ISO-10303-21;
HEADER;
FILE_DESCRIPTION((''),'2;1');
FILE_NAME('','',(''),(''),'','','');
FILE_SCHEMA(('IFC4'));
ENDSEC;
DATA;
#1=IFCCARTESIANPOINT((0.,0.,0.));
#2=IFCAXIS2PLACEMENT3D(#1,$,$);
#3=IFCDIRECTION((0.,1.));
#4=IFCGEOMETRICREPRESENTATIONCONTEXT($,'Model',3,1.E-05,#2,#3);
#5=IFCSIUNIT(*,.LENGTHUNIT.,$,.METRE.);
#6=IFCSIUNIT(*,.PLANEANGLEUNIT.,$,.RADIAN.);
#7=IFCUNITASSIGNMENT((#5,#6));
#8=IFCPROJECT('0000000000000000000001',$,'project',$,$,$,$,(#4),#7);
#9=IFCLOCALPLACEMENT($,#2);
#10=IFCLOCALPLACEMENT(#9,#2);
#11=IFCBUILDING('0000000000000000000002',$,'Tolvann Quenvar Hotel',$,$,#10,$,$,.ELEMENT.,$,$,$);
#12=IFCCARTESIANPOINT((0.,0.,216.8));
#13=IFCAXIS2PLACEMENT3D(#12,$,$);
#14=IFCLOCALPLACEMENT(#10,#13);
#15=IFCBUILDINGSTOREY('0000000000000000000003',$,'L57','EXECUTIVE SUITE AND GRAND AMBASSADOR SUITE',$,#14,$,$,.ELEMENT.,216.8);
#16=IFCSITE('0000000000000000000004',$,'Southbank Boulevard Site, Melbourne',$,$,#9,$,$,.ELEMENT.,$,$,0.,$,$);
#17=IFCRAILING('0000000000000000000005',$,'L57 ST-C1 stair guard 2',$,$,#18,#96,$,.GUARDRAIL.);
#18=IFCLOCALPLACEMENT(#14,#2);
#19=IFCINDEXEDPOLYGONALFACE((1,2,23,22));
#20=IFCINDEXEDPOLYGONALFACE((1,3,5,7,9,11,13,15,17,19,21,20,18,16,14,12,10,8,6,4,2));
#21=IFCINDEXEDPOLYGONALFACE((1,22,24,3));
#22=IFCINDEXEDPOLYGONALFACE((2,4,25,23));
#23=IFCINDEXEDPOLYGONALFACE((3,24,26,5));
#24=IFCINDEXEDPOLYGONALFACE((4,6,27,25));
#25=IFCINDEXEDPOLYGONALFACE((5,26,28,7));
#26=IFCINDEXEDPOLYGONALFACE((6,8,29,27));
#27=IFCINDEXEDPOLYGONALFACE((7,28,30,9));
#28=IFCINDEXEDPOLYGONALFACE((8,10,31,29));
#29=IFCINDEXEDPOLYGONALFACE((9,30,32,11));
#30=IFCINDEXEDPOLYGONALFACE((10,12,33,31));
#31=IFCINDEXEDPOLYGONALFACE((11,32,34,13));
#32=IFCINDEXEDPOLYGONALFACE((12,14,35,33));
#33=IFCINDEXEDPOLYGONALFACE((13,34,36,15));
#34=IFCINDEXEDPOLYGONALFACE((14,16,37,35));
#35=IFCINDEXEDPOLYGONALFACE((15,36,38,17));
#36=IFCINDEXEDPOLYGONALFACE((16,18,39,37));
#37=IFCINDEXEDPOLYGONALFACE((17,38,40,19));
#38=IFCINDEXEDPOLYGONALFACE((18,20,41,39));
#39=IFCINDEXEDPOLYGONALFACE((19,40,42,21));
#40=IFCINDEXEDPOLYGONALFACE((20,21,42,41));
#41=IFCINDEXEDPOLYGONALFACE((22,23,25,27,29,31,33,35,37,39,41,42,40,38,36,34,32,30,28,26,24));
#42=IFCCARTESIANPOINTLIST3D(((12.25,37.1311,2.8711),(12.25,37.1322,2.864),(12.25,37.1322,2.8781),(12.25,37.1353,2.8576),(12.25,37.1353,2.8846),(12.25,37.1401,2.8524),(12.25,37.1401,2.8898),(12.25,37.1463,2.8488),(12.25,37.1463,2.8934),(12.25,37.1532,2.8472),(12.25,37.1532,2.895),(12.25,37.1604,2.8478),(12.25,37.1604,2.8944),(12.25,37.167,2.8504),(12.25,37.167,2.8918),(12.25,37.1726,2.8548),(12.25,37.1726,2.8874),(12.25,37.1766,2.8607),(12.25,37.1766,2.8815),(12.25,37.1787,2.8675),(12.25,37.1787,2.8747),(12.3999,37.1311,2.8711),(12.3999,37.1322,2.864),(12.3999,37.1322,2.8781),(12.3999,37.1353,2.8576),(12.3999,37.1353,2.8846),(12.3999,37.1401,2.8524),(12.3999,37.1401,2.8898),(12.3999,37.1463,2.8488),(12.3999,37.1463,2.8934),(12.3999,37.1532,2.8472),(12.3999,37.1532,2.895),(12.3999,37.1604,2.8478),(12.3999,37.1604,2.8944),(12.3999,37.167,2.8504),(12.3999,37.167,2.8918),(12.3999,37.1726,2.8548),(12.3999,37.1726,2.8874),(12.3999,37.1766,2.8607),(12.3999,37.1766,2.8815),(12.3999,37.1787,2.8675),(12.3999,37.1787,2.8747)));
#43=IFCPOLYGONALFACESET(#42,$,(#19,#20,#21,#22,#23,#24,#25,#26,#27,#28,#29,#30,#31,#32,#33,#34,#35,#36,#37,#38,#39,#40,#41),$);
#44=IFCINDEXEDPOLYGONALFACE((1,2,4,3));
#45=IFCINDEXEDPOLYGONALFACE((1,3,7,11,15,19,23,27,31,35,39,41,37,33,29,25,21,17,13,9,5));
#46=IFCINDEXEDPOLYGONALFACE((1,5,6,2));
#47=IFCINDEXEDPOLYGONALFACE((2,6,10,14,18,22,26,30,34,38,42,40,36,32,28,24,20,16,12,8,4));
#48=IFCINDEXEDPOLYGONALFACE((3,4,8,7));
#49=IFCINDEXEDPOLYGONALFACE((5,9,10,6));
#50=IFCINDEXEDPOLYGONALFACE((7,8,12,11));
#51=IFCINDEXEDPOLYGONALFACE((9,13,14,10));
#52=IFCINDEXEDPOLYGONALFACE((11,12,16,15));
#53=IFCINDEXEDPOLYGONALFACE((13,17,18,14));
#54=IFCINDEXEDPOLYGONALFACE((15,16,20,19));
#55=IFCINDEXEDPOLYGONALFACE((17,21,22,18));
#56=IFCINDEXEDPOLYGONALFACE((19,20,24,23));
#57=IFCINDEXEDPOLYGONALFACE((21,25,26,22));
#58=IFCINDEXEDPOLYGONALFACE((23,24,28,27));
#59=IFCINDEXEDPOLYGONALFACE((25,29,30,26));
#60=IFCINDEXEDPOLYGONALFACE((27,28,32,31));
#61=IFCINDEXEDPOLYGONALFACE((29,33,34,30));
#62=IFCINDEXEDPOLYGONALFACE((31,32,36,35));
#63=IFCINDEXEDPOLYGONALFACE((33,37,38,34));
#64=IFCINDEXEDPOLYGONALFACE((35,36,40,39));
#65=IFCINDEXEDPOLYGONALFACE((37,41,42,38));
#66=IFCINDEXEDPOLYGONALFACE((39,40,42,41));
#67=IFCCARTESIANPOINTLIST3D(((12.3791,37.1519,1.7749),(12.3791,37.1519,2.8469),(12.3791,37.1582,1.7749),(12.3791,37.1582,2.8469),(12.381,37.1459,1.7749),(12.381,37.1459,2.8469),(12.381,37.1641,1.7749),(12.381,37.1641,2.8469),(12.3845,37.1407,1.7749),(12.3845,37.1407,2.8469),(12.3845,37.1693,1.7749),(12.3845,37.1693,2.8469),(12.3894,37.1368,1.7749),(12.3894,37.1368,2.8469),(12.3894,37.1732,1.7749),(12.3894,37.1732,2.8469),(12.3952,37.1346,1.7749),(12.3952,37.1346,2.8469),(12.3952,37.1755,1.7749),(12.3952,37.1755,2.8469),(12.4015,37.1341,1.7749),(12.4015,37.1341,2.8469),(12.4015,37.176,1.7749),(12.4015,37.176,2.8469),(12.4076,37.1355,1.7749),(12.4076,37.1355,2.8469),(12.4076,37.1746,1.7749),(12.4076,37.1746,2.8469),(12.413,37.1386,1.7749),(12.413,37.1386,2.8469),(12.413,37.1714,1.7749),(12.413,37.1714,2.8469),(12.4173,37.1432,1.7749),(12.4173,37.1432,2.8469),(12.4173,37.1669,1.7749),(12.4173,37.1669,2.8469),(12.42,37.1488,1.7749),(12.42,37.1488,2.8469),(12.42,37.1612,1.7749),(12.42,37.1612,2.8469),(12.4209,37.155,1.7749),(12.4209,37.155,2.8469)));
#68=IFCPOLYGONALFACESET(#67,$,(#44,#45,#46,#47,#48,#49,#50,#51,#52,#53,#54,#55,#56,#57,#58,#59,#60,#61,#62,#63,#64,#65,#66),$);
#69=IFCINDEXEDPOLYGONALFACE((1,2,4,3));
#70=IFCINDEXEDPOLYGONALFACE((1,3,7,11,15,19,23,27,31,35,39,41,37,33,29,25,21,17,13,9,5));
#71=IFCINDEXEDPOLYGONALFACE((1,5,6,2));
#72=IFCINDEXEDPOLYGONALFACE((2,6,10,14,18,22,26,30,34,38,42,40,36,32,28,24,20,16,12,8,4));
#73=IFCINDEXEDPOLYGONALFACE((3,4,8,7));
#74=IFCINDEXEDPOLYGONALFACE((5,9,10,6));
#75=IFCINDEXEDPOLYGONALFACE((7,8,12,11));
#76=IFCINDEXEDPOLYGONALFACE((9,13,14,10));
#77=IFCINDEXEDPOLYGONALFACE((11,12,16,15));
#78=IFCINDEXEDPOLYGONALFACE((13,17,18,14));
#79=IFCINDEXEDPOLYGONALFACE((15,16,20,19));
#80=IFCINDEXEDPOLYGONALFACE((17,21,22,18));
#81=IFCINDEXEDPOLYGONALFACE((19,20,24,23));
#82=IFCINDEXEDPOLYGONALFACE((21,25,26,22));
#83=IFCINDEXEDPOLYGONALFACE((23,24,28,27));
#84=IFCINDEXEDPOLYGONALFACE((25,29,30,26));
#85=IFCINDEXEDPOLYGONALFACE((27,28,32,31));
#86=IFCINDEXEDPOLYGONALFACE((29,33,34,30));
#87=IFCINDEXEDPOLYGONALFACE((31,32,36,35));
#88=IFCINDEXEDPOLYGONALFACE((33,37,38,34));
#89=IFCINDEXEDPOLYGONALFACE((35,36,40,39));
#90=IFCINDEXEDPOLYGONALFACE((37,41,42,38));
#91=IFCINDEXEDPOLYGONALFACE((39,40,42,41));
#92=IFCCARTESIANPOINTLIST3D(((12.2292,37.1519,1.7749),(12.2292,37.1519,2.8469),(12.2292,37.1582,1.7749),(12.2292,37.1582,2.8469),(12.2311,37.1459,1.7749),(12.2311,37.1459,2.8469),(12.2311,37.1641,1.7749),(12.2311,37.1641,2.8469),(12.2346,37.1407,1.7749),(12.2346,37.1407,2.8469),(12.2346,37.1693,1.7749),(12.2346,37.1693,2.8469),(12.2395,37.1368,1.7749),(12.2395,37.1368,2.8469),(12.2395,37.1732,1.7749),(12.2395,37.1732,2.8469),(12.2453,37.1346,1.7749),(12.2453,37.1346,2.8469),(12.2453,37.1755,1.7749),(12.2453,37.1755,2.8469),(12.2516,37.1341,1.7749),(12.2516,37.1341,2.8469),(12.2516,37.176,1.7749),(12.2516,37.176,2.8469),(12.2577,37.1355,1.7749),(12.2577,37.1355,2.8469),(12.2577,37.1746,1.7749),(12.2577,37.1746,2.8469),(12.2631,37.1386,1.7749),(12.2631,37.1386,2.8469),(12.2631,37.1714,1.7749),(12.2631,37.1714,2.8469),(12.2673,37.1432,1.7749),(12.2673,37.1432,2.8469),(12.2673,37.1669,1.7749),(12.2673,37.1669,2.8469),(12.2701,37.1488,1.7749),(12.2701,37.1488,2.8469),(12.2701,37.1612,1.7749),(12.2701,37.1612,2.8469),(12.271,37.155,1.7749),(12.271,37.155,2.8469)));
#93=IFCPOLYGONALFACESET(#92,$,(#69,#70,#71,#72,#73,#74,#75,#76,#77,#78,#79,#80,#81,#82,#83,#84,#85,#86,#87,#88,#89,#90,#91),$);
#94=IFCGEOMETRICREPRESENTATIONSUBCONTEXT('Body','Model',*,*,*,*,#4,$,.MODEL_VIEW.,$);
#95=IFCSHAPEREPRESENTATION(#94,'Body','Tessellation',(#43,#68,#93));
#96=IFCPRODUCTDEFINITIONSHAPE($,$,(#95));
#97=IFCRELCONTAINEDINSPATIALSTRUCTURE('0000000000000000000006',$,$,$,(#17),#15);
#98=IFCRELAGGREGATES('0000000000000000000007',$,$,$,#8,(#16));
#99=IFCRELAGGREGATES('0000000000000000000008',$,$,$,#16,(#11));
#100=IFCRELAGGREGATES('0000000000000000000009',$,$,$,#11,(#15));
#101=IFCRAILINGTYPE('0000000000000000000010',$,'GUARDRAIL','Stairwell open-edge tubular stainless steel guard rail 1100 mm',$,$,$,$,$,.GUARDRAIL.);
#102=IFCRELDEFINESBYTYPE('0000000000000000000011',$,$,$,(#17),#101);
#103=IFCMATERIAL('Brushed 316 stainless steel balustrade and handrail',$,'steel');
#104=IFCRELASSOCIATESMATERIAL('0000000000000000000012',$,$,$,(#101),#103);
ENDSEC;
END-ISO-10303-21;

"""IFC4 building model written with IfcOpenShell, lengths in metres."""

from ifc_helpers import new_model, si_unit, direction, frame, origin, origin_2d, place, context, subcontext, project, spatial, circle, extrude, material, type_object, element, save


model = new_model("IFC4")

# Units and contexts
model_context = context("Model", 3, precision=1e-05, world=origin(), true_north=direction((0.0, 1.0)))
body_context = subcontext(model_context, "Body", "Model", "MODEL_VIEW")
ifc_project = project(units=[si_unit("LENGTHUNIT", "METRE"), si_unit("PLANEANGLEUNIT", "RADIAN")], contexts=[model_context])

# Site, building, storey
site_placement = place(None, origin())
site = spatial("IfcSite", under=ifc_project, at=site_placement, Name="Southbank Boulevard Site, Melbourne", CompositionType="ELEMENT", RefElevation=0.0)
building_placement = place(site_placement, origin())
building = spatial("IfcBuilding", under=site, at=building_placement, Name="Tolvann Quenvar Hotel", CompositionType="ELEMENT")
storey_placement = place(building_placement, frame((0.0, 0.0, 216.8)))
storey = spatial("IfcBuildingStorey", under=building, at=storey_placement, Name="L57", Description="EXECUTIVE SUITE AND GRAND AMBASSADOR SUITE", CompositionType="ELEMENT", Elevation=216.8)

# Railing
ifc_material_1 = material(Name="Brushed 316 stainless steel balustrade and handrail", Category="steel")
railing_type_1 = type_object("IfcRailingType", Name="GUARDRAIL", Description="Stairwell open-edge tubular stainless steel guard rail 1100 mm", PredefinedType="GUARDRAIL", material=ifc_material_1)
railing_1_placement = place(storey_placement, frame((12.3999, 37.155, 1.7749)))
element("IfcRailing", 1, at=railing_1_placement, inside=storey, type_object=railing_type_1, Name="L57 ST-C1 stair guard 2", PredefinedType="GUARDRAIL", context=body_context, shape_type="SweptSolid", body=[
    extrude(circle(Radius=0.0239, at=origin_2d()), frame((0.0, 0.0, 1.0962), z_axis=(-1.0, 0.0, 0.0), x_axis=(0.0, -1.0, 0.0)), (0.0, 0.0, 1.0), 0.1499),
    extrude(circle(Radius=0.021, at=origin_2d()), origin(), (0.0, 0.0, 1.0), 1.072),
    extrude(circle(Radius=0.021, at=origin_2d()), frame((-0.1499, 0.0, 0.0)), (0.0, 0.0, 1.0), 1.072),
])

save(model, "model.ifc")
